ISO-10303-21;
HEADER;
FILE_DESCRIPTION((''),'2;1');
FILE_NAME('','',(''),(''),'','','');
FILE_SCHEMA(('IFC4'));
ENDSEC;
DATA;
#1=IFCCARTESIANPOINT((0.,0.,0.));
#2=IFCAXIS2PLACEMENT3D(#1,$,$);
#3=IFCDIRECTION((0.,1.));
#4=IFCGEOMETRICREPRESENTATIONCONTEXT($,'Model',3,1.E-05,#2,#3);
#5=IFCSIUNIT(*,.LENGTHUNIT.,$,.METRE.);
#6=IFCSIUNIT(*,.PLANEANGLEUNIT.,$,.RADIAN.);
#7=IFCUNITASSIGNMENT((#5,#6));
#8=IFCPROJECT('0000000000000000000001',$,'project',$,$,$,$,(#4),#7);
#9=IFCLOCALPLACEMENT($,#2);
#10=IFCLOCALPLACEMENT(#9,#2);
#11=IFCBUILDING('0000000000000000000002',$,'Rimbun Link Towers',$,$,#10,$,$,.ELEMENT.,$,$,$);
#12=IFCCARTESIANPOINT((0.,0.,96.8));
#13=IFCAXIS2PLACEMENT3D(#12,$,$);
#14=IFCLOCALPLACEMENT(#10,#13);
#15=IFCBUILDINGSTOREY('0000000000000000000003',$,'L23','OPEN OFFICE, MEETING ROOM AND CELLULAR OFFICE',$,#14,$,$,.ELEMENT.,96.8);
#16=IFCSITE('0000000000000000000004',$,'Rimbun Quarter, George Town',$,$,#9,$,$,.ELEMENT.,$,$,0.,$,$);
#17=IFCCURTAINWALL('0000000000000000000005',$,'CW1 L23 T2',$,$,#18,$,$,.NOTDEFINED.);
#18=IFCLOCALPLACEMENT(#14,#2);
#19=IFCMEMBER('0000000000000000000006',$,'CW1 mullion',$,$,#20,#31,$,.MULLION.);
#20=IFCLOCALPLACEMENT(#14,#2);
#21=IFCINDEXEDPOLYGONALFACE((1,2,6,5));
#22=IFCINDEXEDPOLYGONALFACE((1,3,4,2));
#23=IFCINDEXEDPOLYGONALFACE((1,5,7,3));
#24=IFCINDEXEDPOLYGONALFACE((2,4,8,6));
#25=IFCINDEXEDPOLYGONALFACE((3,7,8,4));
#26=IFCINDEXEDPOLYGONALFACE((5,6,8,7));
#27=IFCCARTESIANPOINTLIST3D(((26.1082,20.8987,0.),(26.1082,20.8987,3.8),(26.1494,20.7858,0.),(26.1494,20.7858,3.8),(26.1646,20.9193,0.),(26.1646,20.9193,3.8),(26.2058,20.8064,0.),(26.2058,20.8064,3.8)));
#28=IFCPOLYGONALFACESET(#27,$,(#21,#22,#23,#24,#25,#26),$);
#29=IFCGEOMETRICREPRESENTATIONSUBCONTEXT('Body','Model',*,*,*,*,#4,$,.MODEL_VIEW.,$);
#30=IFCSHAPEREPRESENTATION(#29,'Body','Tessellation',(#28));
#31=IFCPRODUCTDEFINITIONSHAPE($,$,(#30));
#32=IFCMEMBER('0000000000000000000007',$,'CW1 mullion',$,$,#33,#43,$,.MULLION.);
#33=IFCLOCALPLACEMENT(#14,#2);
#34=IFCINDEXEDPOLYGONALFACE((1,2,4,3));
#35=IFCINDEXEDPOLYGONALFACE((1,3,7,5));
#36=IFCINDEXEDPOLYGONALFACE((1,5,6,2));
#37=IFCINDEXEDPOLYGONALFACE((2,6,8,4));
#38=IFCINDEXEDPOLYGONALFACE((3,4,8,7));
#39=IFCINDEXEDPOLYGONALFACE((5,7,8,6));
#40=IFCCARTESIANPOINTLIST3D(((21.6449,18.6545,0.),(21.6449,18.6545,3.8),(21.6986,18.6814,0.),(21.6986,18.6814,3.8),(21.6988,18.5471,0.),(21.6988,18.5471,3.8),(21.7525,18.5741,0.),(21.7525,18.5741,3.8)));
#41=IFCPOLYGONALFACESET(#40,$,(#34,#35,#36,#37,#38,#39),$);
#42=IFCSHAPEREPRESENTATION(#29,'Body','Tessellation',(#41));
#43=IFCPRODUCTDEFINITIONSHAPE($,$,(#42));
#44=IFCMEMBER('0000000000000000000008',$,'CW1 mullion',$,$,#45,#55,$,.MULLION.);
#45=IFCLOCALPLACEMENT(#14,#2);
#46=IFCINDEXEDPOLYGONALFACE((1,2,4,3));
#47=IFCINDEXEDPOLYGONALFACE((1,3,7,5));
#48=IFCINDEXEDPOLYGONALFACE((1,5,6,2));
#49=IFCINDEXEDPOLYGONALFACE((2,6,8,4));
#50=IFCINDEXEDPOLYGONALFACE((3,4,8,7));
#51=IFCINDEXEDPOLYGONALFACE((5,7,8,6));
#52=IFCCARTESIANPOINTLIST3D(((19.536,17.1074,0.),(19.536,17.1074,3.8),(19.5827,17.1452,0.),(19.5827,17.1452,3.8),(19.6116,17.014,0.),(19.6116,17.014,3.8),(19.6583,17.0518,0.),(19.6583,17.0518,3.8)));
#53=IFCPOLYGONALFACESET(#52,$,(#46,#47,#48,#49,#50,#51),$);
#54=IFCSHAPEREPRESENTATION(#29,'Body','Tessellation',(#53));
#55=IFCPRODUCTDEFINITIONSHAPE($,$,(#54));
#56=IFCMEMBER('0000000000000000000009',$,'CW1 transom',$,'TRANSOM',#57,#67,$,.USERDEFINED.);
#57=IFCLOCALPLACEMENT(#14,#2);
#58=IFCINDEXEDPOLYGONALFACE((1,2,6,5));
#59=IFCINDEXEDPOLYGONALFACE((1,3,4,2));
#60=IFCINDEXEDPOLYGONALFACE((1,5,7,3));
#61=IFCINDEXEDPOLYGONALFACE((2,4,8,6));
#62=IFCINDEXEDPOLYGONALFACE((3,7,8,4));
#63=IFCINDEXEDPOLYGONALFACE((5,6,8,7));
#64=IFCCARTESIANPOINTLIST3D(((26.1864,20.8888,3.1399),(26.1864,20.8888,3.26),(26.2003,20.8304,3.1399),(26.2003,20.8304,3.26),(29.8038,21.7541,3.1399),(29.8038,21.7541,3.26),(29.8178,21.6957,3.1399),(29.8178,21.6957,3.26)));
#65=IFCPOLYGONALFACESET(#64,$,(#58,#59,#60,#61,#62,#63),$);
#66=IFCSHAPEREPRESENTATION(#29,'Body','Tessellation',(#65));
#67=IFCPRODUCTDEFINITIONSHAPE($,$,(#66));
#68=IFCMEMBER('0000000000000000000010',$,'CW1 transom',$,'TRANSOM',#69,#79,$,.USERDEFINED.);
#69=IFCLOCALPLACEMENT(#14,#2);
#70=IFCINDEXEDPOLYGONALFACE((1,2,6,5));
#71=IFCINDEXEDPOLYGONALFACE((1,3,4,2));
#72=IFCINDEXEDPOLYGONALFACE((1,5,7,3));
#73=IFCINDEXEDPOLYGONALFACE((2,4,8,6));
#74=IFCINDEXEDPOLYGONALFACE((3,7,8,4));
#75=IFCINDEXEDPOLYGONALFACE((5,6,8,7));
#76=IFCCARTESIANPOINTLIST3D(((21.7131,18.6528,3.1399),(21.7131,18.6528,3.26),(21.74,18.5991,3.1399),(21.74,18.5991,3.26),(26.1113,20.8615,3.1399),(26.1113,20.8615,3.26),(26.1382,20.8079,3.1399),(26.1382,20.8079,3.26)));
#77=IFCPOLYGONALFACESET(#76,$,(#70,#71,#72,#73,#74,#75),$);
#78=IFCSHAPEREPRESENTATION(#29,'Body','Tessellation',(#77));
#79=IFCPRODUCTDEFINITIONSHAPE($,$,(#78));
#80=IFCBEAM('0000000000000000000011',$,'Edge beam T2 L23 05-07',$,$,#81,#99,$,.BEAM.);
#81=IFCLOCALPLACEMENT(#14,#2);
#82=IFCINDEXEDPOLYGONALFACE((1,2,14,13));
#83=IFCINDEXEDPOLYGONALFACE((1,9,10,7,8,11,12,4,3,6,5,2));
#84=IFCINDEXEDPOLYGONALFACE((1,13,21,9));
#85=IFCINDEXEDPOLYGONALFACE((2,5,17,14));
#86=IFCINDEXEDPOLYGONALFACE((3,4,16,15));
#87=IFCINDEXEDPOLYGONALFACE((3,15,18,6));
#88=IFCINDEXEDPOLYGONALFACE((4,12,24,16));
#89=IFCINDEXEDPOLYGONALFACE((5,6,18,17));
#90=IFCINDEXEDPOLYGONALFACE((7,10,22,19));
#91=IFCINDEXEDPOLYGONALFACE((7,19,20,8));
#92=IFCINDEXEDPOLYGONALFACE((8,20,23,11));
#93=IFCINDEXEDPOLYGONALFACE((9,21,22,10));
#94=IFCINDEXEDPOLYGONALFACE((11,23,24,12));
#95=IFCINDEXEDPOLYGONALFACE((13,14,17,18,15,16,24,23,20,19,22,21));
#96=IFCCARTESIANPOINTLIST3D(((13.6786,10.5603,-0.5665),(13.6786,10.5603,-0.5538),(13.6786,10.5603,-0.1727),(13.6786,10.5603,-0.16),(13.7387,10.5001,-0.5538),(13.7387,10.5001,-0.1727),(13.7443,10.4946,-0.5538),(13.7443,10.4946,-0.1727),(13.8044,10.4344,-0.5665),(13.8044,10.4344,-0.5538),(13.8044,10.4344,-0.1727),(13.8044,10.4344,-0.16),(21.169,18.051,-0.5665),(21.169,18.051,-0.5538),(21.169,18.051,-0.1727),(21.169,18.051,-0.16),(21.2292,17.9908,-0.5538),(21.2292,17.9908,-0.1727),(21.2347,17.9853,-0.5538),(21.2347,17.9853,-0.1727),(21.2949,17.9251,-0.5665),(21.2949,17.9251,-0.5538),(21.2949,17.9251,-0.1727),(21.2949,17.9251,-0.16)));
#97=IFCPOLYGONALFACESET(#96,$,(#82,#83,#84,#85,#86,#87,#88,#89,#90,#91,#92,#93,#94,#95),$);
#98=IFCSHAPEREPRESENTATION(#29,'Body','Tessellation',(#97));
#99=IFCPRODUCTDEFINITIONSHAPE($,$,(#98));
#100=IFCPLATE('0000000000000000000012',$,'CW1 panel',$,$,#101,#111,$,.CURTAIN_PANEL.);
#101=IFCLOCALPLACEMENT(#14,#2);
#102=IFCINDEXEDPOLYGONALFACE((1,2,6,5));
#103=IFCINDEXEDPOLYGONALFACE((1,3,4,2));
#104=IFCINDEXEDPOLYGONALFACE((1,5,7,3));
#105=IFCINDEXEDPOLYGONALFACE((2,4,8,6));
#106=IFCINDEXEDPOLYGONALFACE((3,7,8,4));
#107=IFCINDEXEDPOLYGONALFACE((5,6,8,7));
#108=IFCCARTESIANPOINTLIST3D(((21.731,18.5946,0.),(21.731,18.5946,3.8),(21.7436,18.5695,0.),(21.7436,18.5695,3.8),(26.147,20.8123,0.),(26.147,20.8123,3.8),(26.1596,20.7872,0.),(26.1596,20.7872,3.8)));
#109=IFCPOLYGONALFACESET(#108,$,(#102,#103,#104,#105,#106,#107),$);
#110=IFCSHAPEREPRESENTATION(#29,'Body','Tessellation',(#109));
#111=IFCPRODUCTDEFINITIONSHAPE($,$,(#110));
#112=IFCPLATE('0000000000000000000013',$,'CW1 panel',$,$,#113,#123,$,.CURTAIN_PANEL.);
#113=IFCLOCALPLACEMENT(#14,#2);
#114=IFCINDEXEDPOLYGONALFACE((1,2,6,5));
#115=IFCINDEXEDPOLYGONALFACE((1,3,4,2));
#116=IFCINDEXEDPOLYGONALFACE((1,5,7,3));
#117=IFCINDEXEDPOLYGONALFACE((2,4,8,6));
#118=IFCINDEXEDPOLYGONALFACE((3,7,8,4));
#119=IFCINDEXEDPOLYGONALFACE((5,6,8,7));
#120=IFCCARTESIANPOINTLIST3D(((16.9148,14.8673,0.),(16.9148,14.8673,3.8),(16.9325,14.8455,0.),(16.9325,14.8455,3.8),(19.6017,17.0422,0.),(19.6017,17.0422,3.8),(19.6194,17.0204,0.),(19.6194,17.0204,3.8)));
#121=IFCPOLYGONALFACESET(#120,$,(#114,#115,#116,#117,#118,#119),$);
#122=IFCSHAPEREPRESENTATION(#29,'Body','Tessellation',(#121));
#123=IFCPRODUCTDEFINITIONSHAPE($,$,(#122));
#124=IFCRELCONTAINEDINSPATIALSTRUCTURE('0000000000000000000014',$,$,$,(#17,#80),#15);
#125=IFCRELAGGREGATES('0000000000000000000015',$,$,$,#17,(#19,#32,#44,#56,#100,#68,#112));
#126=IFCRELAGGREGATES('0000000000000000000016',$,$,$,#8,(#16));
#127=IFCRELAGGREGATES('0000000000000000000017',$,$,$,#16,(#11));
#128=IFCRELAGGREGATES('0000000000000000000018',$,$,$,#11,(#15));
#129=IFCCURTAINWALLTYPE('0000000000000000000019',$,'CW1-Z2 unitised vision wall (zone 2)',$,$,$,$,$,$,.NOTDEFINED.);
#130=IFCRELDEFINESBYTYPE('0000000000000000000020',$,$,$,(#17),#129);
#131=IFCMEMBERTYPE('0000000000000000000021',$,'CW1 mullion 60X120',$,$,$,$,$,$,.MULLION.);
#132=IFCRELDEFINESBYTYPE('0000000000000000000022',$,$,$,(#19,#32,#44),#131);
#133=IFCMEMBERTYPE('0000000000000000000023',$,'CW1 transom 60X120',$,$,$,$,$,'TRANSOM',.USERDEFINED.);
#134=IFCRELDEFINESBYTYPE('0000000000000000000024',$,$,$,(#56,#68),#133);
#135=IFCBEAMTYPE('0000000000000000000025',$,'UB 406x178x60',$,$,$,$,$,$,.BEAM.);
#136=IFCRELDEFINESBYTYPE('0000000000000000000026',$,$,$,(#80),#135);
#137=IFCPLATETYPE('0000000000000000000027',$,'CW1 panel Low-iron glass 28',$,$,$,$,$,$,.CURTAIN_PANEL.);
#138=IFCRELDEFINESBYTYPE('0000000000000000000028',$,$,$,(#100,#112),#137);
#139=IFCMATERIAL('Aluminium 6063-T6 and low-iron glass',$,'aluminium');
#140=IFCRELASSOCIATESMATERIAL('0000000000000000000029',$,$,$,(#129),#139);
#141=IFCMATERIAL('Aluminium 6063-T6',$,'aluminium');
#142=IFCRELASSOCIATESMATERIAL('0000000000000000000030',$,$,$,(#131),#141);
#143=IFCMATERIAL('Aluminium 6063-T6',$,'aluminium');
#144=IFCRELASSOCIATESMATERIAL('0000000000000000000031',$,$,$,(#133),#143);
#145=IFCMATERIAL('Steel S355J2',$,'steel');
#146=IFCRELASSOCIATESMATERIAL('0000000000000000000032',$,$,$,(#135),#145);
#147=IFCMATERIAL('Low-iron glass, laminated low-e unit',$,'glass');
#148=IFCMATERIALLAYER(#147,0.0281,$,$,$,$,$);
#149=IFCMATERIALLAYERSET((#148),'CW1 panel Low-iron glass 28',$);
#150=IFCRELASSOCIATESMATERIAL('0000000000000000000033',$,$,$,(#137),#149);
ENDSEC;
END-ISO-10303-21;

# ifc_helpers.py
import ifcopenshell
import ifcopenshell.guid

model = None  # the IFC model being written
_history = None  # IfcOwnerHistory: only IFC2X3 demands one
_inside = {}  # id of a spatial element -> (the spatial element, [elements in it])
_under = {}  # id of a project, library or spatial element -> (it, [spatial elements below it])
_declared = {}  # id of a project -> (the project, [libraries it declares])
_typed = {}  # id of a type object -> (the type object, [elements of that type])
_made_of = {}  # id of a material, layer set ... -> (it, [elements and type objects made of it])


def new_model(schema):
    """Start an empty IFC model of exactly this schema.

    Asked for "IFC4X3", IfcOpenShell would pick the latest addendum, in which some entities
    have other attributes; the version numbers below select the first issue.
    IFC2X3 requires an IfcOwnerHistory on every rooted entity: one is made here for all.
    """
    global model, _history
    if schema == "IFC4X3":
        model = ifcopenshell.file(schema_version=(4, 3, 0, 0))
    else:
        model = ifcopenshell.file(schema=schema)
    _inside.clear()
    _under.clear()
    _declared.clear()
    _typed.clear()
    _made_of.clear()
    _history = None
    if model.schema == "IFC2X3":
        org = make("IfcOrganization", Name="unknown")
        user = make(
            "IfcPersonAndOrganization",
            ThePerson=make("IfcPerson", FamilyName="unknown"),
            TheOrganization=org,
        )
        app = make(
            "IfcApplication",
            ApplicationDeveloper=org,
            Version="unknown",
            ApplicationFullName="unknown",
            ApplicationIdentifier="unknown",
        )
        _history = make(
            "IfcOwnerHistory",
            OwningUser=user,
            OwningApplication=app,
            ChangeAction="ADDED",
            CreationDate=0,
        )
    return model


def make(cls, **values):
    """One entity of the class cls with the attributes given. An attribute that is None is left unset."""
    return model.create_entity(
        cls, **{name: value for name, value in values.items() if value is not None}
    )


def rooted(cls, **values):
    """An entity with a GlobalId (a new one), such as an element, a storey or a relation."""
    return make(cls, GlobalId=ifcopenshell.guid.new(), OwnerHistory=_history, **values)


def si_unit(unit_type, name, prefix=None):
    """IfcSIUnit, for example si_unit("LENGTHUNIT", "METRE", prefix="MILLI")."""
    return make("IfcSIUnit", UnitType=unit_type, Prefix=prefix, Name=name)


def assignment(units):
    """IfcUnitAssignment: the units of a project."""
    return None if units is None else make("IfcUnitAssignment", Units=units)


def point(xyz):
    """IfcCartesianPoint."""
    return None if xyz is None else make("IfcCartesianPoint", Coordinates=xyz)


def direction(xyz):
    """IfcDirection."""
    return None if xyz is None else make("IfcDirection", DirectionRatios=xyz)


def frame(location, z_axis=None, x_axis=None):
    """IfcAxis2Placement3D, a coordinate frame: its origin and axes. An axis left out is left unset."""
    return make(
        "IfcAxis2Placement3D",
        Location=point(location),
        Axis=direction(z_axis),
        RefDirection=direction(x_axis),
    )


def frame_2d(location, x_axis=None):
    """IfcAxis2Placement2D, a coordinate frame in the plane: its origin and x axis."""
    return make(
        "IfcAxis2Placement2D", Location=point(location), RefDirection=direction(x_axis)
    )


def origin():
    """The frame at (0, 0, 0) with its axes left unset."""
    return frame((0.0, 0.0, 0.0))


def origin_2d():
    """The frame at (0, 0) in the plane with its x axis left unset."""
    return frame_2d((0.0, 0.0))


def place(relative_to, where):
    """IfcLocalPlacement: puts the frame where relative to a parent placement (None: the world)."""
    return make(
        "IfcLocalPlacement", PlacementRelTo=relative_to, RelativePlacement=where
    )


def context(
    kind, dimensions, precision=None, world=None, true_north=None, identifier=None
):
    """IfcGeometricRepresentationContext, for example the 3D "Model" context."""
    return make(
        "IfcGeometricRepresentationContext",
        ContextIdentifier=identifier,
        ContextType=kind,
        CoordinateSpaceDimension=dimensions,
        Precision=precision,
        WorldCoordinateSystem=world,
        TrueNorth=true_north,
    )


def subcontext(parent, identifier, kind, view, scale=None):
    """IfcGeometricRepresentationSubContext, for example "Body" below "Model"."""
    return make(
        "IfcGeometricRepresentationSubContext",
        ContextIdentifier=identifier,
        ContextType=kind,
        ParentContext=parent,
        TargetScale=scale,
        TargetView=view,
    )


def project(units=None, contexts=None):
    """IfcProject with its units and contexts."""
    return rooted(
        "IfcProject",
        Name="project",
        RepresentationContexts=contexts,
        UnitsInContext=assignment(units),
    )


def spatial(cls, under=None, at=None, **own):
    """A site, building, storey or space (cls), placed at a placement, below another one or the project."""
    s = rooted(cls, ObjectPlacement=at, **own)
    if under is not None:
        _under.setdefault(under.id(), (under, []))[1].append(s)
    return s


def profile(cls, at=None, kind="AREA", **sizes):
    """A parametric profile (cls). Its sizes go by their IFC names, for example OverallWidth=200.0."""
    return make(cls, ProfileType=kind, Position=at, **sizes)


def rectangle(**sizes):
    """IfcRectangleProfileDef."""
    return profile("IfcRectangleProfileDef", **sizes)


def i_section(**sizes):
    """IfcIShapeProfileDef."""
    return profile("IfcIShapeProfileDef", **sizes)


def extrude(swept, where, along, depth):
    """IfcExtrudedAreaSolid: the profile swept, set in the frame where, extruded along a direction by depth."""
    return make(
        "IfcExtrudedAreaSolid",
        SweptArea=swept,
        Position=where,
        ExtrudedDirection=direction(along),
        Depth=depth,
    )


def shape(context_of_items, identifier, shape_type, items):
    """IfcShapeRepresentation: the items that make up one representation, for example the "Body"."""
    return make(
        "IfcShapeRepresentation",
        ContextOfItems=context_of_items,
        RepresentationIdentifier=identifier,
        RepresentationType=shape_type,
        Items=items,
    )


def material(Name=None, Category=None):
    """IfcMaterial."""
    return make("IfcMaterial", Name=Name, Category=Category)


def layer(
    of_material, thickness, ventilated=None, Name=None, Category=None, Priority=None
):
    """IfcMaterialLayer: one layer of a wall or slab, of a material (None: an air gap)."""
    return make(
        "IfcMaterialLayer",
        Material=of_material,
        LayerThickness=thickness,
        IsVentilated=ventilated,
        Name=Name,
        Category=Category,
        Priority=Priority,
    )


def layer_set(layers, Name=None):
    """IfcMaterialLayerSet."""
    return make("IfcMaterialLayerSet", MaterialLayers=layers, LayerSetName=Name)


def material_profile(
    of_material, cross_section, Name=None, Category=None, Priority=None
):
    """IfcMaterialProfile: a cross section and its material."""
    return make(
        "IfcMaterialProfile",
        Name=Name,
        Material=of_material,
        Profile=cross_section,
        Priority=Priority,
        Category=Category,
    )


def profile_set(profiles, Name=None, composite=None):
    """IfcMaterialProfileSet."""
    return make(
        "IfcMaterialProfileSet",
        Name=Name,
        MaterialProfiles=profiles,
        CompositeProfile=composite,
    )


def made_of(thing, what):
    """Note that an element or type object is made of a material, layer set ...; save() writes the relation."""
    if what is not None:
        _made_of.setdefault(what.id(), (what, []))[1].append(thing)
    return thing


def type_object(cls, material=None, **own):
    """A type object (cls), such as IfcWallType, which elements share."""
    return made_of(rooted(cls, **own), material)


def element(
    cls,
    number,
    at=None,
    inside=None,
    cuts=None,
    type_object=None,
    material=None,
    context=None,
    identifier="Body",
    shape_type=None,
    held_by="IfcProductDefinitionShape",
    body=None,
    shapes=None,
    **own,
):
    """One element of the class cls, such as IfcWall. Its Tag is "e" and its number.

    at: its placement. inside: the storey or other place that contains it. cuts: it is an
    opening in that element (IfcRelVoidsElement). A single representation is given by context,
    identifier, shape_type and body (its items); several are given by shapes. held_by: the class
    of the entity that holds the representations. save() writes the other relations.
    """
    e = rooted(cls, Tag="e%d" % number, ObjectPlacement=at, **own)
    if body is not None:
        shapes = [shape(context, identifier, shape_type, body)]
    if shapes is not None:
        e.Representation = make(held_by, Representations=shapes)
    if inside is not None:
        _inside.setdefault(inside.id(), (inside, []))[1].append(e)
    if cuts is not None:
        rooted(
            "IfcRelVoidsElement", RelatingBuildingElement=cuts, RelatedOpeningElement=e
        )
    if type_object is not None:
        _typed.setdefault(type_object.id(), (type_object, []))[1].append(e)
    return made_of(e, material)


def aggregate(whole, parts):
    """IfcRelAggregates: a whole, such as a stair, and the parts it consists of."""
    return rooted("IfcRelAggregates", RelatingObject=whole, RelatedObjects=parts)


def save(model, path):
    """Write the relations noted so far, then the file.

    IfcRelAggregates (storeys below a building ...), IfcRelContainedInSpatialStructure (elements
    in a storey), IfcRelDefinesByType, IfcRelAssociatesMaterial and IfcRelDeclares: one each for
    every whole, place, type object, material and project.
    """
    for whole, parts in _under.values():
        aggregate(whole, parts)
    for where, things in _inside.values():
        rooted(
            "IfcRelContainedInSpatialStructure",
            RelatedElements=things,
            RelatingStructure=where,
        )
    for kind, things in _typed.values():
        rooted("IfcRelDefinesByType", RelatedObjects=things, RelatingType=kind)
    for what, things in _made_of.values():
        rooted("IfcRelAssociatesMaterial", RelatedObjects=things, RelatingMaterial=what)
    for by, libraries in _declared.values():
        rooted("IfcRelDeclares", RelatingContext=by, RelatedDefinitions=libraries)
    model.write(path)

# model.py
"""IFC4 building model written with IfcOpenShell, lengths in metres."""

from ifc_helpers import new_model, si_unit, direction, frame, origin, origin_2d, place, context, subcontext, project, spatial, rectangle, i_section, extrude, material, layer, layer_set, material_profile, profile_set, type_object, element, aggregate, save


model = new_model("IFC4")

# Units and contexts
model_context = context("Model", 3, precision=1e-05, world=origin(), true_north=direction((0.0, 1.0)))
body_context = subcontext(model_context, "Body", "Model", "MODEL_VIEW")
ifc_project = project(units=[si_unit("LENGTHUNIT", "METRE"), si_unit("PLANEANGLEUNIT", "RADIAN")], contexts=[model_context])

# Site, building, storey
site_placement = place(None, origin())
site = spatial("IfcSite", under=ifc_project, at=site_placement, Name="Rimbun Quarter, George Town", CompositionType="ELEMENT", RefElevation=0.0)
building_placement = place(site_placement, origin())
building = spatial("IfcBuilding", under=site, at=building_placement, Name="Rimbun Link Towers", CompositionType="ELEMENT")
storey_placement = place(building_placement, frame((0.0, 0.0, 96.8)))
storey = spatial("IfcBuildingStorey", under=building, at=storey_placement, Name="L23", Description="OPEN OFFICE, MEETING ROOM AND CELLULAR OFFICE", CompositionType="ELEMENT", Elevation=96.8)

# Curtain wall, members
ifc_material_1 = material(Name="Aluminium 6063-T6 and low-iron glass", Category="aluminium")
curtain_wall_type = type_object("IfcCurtainWallType", Name="CW1-Z2 unitised vision wall (zone 2)", PredefinedType="NOTDEFINED", material=ifc_material_1)
curtain_wall_placement = place(storey_placement, origin())
curtain_wall = element("IfcCurtainWall", 1, at=curtain_wall_placement, inside=storey, type_object=curtain_wall_type, Name="CW1 L23 T2", PredefinedType="NOTDEFINED")
ifc_material_2 = material(Name="Aluminium 6063-T6", Category="aluminium")
ifc_material_profile_1 = material_profile(ifc_material_2, rectangle(XDim=0.1201, YDim=0.0601, at=origin_2d()), Name="MULLION 60X120")
ifc_profile_set_1 = profile_set([ifc_material_profile_1], Name="Aluminium 6063-T6")
member_type_1 = type_object("IfcMemberType", Name="CW1 mullion 60X120", PredefinedType="MULLION", material=ifc_profile_set_1)
member_1_placement = place(storey_placement, frame((26.157, 20.8525, 0.0), z_axis=(0.0, 0.0, 1.0), x_axis=(-0.34297, 0.939346, 0.0)))
member_1 = element("IfcMember", 2, at=member_1_placement, type_object=member_type_1, Name="CW1 mullion", PredefinedType="MULLION", context=body_context, shape_type="SweptSolid", body=[
    extrude(rectangle(XDim=0.1201, YDim=0.0601, at=origin_2d()), origin(), (0.0, 0.0, 1.0), 3.8),
])
member_2_placement = place(storey_placement, frame((21.6987, 18.6143, 0.0), z_axis=(0.0, 0.0, 1.0), x_axis=(-0.448782, 0.893641, 0.0)))
member_2 = element("IfcMember", 3, at=member_2_placement, type_object=member_type_1, Name="CW1 mullion", PredefinedType="MULLION", context=body_context, shape_type="SweptSolid", body=[
    extrude(rectangle(XDim=0.1201, YDim=0.0601, at=origin_2d()), origin(), (0.0, 0.0, 1.0), 3.8),
])
member_3_placement = place(storey_placement, frame((19.5972, 17.0796, 0.0), z_axis=(0.0, 0.0, 1.0), x_axis=(-0.629155, 0.77728, 0.0)))
member_3 = element("IfcMember", 4, at=member_3_placement, type_object=member_type_1, Name="CW1 mullion", PredefinedType="MULLION", context=body_context, shape_type="SweptSolid", body=[
    extrude(rectangle(XDim=0.1201, YDim=0.0601, at=origin_2d()), origin(), (0.0, 0.0, 1.0), 3.8),
])
ifc_material_3 = material(Name="Aluminium 6063-T6", Category="aluminium")
ifc_material_profile_2 = material_profile(ifc_material_3, rectangle(XDim=0.0601, YDim=0.1201, at=origin_2d()), Name="TRANSOM 60X120")
ifc_profile_set_2 = profile_set([ifc_material_profile_2], Name="Aluminium 6063-T6")
member_type_2 = type_object("IfcMemberType", Name="CW1 transom 60X120", ElementType="TRANSOM", PredefinedType="USERDEFINED", material=ifc_profile_set_2)
member_4_placement = place(storey_placement, frame((26.1934, 20.8596, 3.2), z_axis=(0.972567, 0.232623, 0.0), x_axis=(-0.232623, 0.972567, 0.0)))
member_4 = element("IfcMember", 5, at=member_4_placement, type_object=member_type_2, Name="CW1 transom", ObjectType="TRANSOM", PredefinedType="USERDEFINED", context=body_context, shape_type="SweptSolid", body=[
    extrude(rectangle(XDim=0.0601, YDim=0.1201, at=origin_2d()), origin(), (0.0, 0.0, 1.0), 3.7195),
])
member_5_placement = place(storey_placement, frame((21.7266, 18.626, 3.2), z_axis=(0.893642, 0.44878, 0.0), x_axis=(-0.44878, 0.893642, 0.0)))
member_5 = element("IfcMember", 6, at=member_5_placement, type_object=member_type_2, Name="CW1 transom", ObjectType="TRANSOM", PredefinedType="USERDEFINED", context=body_context, shape_type="SweptSolid", body=[
    extrude(rectangle(XDim=0.0601, YDim=0.1201, at=origin_2d()), origin(), (0.0, 0.0, 1.0), 4.9216),
])

# Beam
ifc_material_4 = material(Name="Steel S355J2", Category="steel")
ifc_material_profile_3 = material_profile(ifc_material_4, i_section(OverallWidth=0.178, OverallDepth=0.4065, WebThickness=0.0078, FlangeThickness=0.0127, at=origin_2d()), Name="UB 406x178x60")
ifc_profile_set_3 = profile_set([ifc_material_profile_3], Name="Steel S355J2")
beam_type = type_object("IfcBeamType", Name="UB 406x178x60", PredefinedType="BEAM", material=ifc_profile_set_3)
beam_placement = place(storey_placement, frame((21.2319, 17.988, -0.3633), z_axis=(-0.707095, -0.707118, 0.0), x_axis=(0.707118, -0.707095, 0.0)))
element("IfcBeam", 7, at=beam_placement, inside=storey, type_object=beam_type, Name="Edge beam T2 L23 05-07", PredefinedType="BEAM", context=body_context, shape_type="SweptSolid", body=[
    extrude(i_section(OverallWidth=0.178, OverallDepth=0.4065, WebThickness=0.0078, FlangeThickness=0.0127, at=origin_2d()), origin(), (0.0, 0.0, 1.0), 10.5933),
])

# Plates
ifc_material_5 = material(Name="Low-iron glass, laminated low-e unit", Category="glass")
ifc_layer_1 = layer(ifc_material_5, 0.0281)
ifc_layer_set_1 = layer_set([ifc_layer_1], Name="CW1 panel Low-iron glass 28")
plate_type = type_object("IfcPlateType", Name="CW1 panel Low-iron glass 28", PredefinedType="CURTAIN_PANEL", material=ifc_layer_set_1)
plate_1_placement = place(storey_placement, frame((23.9453, 19.6909, 0.0), z_axis=(0.0, 0.0, 1.0), x_axis=(0.893641, 0.448782, 0.0)))
plate_1 = element("IfcPlate", 8, at=plate_1_placement, type_object=plate_type, Name="CW1 panel", PredefinedType="CURTAIN_PANEL", context=body_context, shape_type="SweptSolid", body=[
    extrude(rectangle(XDim=4.9417, YDim=0.0281, at=origin_2d()), origin(), (0.0, 0.0, 1.0), 3.8),
])
plate_2_placement = place(storey_placement, frame((18.2671, 15.9438, 0.0), z_axis=(0.0, 0.0, 1.0), x_axis=(0.77728, 0.629155, 0.0)))
plate_2 = element("IfcPlate", 9, at=plate_2_placement, type_object=plate_type, Name="CW1 panel", PredefinedType="CURTAIN_PANEL", context=body_context, shape_type="SweptSolid", body=[
    extrude(rectangle(XDim=3.4568, YDim=0.0281, at=origin_2d()), origin(), (0.0, 0.0, 1.0), 3.8),
])
aggregate(curtain_wall, [member_1, member_2, member_3, member_4, plate_1, member_5, plate_2])

save(model, "model.ifc")
